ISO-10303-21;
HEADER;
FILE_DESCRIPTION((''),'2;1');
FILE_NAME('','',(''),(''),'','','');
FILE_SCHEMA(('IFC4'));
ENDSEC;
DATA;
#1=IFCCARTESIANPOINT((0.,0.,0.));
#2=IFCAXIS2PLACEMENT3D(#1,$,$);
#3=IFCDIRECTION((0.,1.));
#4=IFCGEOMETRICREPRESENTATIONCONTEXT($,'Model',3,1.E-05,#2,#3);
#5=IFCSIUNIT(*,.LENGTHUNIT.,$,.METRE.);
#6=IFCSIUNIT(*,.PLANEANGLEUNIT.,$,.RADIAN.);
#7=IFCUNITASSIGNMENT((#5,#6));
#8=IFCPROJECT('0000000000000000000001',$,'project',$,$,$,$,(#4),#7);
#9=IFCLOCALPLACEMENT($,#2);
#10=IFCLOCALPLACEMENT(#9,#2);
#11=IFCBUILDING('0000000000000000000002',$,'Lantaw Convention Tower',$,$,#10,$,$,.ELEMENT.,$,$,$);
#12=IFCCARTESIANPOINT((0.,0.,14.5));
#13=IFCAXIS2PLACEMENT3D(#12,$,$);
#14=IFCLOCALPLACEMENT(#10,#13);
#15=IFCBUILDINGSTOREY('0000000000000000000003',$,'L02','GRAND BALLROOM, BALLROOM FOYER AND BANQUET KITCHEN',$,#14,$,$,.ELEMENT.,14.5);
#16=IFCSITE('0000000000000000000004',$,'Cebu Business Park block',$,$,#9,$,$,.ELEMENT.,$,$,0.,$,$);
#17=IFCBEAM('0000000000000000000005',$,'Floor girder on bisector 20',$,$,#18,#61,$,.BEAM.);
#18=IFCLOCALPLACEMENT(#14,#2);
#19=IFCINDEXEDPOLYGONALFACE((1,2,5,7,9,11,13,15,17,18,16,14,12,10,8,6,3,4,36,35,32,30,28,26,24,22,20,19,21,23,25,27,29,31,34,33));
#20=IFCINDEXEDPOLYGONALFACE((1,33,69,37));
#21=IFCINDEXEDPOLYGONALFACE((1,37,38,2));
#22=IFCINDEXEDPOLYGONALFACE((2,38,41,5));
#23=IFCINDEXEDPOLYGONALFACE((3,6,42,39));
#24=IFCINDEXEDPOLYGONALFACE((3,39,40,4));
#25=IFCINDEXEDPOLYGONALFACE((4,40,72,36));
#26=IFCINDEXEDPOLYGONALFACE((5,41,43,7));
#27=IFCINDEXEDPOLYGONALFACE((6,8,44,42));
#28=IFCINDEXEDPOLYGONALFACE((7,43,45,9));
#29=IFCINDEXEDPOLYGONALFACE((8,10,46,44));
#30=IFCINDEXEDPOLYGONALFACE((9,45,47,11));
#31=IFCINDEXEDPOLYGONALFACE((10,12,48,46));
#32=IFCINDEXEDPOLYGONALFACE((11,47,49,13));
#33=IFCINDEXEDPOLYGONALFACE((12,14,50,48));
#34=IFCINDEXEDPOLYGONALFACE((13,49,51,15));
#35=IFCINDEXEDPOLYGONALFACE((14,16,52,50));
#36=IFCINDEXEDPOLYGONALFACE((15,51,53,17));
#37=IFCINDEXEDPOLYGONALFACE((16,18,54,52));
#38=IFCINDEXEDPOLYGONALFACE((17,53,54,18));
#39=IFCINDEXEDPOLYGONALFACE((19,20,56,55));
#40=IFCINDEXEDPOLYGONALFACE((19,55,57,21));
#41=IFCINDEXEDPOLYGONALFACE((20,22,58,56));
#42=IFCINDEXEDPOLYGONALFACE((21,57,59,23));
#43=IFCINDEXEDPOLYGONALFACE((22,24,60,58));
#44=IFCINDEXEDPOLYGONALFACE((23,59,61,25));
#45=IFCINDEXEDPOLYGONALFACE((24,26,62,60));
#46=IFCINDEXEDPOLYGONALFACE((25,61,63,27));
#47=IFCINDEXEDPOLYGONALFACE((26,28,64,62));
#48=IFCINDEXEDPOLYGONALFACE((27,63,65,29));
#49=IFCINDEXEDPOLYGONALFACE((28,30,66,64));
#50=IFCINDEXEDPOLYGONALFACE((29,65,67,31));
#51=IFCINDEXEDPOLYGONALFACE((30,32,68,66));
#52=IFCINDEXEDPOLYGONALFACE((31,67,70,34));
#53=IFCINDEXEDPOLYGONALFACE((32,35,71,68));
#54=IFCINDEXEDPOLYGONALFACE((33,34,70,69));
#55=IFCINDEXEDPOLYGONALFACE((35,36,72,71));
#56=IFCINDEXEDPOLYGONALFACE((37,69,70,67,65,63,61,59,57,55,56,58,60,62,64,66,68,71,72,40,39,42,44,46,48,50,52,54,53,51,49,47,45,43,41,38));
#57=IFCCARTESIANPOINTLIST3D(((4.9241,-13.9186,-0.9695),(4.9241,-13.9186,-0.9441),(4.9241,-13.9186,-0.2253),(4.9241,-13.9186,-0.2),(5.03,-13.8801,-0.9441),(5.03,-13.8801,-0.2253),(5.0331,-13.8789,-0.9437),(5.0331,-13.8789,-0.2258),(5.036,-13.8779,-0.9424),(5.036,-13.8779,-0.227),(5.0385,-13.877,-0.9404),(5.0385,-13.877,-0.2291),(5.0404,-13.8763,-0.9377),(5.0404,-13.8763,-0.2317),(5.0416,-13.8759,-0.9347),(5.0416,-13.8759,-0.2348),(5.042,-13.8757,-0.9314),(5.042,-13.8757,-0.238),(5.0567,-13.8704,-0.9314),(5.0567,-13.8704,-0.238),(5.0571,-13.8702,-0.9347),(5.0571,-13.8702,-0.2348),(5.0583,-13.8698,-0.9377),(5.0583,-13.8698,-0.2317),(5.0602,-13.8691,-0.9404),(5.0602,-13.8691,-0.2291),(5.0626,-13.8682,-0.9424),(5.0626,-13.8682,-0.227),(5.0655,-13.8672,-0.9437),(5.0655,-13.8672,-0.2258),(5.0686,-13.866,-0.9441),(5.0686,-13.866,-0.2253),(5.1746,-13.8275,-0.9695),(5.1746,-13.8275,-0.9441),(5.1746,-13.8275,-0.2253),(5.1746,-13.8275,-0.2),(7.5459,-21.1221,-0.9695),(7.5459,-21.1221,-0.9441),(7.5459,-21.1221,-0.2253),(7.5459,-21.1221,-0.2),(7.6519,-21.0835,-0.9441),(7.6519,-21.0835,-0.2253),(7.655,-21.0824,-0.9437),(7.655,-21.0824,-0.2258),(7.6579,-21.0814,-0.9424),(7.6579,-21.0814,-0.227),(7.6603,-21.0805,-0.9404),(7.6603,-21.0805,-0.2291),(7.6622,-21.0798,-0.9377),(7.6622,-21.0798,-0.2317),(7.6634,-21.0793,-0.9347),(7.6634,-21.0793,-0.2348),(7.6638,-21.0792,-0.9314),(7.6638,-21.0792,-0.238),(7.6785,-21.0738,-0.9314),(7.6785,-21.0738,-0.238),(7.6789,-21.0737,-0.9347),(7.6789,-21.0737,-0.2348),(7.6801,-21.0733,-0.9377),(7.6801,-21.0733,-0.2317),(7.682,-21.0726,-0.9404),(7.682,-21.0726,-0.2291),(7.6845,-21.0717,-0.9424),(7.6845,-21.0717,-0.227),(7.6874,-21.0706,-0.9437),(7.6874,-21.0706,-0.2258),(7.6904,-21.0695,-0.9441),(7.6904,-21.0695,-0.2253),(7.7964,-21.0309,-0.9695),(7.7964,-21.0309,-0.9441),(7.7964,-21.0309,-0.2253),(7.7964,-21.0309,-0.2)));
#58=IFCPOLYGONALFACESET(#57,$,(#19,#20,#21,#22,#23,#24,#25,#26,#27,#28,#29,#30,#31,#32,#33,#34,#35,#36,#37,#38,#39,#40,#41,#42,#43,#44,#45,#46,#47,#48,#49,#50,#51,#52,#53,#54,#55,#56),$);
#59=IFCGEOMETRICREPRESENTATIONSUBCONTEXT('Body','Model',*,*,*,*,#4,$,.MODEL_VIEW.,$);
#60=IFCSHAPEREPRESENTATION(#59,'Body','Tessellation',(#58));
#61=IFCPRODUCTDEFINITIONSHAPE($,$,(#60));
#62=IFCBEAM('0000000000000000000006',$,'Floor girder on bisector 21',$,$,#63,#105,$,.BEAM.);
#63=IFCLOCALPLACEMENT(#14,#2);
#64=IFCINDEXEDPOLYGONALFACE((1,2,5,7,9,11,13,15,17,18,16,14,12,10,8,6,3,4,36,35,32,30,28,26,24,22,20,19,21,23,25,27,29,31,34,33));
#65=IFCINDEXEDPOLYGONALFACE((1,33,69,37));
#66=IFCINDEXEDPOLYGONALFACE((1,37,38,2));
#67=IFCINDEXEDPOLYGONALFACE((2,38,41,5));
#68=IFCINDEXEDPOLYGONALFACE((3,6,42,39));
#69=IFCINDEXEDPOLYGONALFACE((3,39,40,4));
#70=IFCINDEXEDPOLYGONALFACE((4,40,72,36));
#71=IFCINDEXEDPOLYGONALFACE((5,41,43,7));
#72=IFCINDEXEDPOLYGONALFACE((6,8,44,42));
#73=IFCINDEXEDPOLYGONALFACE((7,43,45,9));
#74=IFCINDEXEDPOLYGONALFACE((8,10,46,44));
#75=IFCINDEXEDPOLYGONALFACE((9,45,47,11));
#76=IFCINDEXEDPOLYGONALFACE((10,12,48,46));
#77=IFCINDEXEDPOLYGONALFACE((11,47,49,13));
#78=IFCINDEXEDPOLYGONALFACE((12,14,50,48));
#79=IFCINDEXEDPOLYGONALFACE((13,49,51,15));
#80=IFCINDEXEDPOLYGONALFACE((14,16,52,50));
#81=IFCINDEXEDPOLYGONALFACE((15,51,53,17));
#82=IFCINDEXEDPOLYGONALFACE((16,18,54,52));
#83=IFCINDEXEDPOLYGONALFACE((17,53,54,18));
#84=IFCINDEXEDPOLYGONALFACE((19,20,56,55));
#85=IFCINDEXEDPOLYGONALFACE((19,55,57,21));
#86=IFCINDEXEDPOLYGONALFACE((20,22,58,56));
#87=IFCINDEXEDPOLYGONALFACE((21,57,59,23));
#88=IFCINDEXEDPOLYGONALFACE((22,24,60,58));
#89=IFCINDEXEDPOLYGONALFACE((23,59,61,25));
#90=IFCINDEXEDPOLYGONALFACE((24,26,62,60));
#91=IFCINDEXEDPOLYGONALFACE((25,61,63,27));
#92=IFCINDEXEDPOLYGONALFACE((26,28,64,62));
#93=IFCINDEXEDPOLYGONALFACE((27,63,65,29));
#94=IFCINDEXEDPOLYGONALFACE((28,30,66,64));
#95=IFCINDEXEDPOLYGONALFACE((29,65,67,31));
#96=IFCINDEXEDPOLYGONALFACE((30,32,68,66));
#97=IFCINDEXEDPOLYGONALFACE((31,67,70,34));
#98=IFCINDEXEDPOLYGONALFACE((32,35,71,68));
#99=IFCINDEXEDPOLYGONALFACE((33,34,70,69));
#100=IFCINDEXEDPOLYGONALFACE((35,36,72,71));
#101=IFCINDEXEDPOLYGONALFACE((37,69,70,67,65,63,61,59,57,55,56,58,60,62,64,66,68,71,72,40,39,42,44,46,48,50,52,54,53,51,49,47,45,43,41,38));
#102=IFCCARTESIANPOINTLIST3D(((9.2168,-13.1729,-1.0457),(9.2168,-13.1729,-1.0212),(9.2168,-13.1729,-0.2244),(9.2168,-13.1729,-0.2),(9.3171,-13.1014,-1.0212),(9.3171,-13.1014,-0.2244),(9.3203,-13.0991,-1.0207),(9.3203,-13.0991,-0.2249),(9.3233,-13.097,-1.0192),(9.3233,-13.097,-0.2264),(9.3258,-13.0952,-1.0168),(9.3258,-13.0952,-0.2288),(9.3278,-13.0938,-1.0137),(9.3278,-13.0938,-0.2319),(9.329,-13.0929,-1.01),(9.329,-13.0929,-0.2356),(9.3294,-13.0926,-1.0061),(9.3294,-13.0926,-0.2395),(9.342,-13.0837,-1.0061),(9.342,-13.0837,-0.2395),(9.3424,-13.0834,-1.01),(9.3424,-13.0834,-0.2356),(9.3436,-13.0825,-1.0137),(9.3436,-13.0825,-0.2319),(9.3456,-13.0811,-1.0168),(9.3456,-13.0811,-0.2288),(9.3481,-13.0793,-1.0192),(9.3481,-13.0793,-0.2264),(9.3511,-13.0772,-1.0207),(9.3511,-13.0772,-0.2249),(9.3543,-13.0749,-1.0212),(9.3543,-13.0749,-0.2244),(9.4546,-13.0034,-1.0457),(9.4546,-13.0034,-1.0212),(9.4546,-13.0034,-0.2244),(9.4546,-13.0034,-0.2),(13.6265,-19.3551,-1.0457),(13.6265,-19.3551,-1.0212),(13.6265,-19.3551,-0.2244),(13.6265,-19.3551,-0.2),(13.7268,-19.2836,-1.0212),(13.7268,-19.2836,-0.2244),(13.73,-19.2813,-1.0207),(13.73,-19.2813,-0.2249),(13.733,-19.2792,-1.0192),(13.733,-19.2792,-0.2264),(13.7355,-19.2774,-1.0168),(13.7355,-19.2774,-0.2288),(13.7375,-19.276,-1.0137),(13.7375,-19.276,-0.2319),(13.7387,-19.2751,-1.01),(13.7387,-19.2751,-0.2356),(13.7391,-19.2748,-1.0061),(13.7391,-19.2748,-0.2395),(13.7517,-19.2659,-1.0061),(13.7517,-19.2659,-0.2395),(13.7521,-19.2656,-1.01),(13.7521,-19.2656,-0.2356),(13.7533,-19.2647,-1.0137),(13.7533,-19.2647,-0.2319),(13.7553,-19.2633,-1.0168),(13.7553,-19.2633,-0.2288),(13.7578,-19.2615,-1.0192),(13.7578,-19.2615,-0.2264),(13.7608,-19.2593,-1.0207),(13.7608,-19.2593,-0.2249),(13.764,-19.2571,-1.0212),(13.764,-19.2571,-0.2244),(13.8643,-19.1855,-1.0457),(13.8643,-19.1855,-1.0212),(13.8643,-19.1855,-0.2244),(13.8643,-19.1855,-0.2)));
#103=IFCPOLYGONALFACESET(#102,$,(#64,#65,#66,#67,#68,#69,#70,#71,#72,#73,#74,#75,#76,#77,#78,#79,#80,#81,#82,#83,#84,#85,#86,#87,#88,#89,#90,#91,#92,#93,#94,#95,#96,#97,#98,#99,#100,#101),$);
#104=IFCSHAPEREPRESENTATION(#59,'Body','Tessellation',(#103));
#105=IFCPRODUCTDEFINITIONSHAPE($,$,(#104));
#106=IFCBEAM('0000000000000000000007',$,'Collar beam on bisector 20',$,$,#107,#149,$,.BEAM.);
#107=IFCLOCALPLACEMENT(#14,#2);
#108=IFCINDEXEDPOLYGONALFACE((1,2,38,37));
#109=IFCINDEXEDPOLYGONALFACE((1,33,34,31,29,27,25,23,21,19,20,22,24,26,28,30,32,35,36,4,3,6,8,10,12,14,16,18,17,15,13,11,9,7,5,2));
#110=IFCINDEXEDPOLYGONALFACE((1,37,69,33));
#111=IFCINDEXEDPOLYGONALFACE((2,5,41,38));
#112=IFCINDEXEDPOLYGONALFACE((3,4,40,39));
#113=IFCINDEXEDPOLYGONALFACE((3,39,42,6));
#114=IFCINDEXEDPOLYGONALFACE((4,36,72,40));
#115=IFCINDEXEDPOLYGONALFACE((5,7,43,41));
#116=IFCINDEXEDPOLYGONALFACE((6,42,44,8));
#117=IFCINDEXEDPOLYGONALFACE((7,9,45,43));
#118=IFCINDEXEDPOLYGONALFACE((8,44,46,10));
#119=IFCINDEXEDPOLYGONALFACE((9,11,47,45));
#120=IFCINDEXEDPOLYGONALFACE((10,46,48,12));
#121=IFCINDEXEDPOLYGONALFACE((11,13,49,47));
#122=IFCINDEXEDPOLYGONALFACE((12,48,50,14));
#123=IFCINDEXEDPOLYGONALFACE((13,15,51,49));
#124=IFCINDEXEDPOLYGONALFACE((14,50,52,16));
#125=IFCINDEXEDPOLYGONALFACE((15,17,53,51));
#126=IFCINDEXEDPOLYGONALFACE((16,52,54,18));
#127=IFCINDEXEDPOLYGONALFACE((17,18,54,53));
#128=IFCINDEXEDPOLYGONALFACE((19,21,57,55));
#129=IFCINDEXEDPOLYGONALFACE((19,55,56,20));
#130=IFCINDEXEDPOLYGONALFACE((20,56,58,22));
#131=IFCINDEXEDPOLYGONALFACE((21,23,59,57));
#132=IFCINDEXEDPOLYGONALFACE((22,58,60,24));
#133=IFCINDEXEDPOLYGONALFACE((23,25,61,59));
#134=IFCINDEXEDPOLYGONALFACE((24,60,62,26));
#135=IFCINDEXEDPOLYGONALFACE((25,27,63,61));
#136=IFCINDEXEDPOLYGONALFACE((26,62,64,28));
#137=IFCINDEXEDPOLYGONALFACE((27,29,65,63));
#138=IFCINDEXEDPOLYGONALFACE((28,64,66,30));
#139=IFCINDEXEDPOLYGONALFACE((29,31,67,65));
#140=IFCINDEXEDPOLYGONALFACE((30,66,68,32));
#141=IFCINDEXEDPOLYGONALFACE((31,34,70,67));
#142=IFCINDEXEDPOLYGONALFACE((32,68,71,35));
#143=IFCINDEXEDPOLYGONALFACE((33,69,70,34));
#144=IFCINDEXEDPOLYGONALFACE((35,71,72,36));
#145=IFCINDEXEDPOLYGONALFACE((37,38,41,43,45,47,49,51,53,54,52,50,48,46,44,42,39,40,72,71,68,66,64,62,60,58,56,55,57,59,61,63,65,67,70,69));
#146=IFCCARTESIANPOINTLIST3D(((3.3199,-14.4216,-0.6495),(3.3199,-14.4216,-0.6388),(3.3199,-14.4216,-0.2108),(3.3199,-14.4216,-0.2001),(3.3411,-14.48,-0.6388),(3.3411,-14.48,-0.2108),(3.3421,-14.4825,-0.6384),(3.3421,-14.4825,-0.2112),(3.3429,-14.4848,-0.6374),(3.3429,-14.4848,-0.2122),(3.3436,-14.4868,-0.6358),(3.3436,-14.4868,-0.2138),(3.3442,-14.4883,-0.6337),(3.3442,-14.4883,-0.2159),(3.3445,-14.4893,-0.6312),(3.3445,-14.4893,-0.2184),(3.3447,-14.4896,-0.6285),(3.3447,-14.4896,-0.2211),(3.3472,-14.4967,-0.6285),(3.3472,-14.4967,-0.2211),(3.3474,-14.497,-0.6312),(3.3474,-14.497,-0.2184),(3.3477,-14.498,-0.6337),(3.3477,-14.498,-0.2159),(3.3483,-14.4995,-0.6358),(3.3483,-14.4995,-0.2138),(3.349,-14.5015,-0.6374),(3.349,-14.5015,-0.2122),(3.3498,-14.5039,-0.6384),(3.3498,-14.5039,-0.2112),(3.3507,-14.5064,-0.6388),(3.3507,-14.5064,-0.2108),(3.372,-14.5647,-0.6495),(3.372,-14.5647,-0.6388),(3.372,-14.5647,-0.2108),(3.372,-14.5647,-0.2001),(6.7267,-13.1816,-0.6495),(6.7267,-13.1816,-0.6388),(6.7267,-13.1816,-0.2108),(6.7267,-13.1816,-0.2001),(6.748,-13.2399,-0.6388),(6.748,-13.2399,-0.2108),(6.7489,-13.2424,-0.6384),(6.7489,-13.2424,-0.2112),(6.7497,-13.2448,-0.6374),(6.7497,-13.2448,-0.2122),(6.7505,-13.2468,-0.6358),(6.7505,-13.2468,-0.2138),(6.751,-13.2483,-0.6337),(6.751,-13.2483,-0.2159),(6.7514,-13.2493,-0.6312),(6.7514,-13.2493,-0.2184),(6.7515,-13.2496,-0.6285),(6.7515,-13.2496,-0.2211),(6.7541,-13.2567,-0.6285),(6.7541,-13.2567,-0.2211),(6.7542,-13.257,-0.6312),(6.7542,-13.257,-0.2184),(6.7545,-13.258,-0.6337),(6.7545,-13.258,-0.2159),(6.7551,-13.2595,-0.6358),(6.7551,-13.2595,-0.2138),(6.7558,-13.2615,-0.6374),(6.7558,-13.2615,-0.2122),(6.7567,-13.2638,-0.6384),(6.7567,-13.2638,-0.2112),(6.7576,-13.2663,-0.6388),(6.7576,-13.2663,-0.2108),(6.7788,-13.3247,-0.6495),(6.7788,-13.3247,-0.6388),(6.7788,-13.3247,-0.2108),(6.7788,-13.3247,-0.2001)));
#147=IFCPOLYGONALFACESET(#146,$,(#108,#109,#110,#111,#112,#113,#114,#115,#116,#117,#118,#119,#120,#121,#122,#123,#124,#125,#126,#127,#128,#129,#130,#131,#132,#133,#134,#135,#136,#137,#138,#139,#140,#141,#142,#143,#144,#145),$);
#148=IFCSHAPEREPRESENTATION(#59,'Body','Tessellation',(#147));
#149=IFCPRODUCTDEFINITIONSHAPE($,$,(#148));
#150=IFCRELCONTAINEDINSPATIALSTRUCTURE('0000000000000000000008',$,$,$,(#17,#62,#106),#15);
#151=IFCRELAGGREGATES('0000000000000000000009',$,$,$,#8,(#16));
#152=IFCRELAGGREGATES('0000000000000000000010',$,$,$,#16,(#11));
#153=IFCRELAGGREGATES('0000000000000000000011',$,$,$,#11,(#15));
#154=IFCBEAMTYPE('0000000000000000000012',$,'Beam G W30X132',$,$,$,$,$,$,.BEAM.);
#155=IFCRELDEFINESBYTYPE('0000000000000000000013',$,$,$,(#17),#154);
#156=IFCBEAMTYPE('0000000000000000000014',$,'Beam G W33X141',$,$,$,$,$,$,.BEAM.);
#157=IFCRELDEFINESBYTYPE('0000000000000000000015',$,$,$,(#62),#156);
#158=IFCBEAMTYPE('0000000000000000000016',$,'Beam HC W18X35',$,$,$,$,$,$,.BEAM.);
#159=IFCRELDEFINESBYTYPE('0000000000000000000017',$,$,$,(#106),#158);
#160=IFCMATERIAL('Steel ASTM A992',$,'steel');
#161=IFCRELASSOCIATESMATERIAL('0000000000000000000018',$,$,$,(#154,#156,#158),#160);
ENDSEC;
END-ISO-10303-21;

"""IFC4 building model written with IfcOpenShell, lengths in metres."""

from ifc_helpers import new_model, si_unit, direction, frame, origin, origin_2d, place, context, subcontext, project, spatial, i_section, extrude, material, material_profile, profile_set, type_object, element, save


model = new_model("IFC4")

# Units and contexts
model_context = context("Model", 3, precision=1e-05, world=origin(), true_north=direction((0.0, 1.0)))
body_context = subcontext(model_context, "Body", "Model", "MODEL_VIEW")
ifc_project = project(units=[si_unit("LENGTHUNIT", "METRE"), si_unit("PLANEANGLEUNIT", "RADIAN")], contexts=[model_context])

# Site, building, storey
site_placement = place(None, origin())
site = spatial("IfcSite", under=ifc_project, at=site_placement, Name="Cebu Business Park block", CompositionType="ELEMENT", RefElevation=0.0)
building_placement = place(site_placement, origin())
building = spatial("IfcBuilding", under=site, at=building_placement, Name="Lantaw Convention Tower", CompositionType="ELEMENT")
storey_placement = place(building_placement, frame((0.0, 0.0, 14.5)))
storey = spatial("IfcBuildingStorey", under=building, at=storey_placement, Name="L02", Description="GRAND BALLROOM, BALLROOM FOYER AND BANQUET KITCHEN", CompositionType="ELEMENT", Elevation=14.5)

# Beams
ifc_material_1 = material(Name="Steel ASTM A992", Category="steel")
ifc_material_profile_1 = material_profile(ifc_material_1, i_section(OverallWidth=0.2666, OverallDepth=0.7695, WebThickness=0.0156, FlangeThickness=0.0254, FilletRadius=0.0127, at=origin_2d()), Name="W30X132")
ifc_profile_set_1 = profile_set([ifc_material_profile_1], Name="Steel ASTM A992")
beam_type_1 = type_object("IfcBeamType", Name="Beam G W30X132", PredefinedType="BEAM", material=ifc_profile_set_1)
beam_1_placement = place(storey_placement, frame((5.0493, -13.873, -0.5847), z_axis=(0.342022, -0.939692, 0.0), x_axis=(0.939692, 0.342022, 0.0)))
element("IfcBeam", 1, at=beam_1_placement, inside=storey, type_object=beam_type_1, Name="Floor girder on bisector 20", PredefinedType="BEAM", context=body_context, shape_type="SweptSolid", body=[
    extrude(i_section(OverallWidth=0.2666, OverallDepth=0.7695, WebThickness=0.0156, FlangeThickness=0.0254, FilletRadius=0.0127, at=origin_2d()), origin(), (0.0, 0.0, 1.0), 7.6658),
])
ifc_material_profile_2 = material_profile(ifc_material_1, i_section(OverallWidth=0.292, OverallDepth=0.8457, WebThickness=0.0154, FlangeThickness=0.0244, FilletRadius=0.0151, at=origin_2d()), Name="W33X141")
ifc_profile_set_2 = profile_set([ifc_material_profile_2], Name="Steel ASTM A992")
beam_type_2 = type_object("IfcBeamType", Name="Beam G W33X141", PredefinedType="BEAM", material=ifc_profile_set_2)
beam_2_placement = place(storey_placement, frame((9.3357, -13.0881, -0.6228), z_axis=(0.580703, -0.814116, 0.0), x_axis=(0.814116, 0.580703, 0.0)))
element("IfcBeam", 2, at=beam_2_placement, inside=storey, type_object=beam_type_2, Name="Floor girder on bisector 21", PredefinedType="BEAM", context=body_context, shape_type="SweptSolid", body=[
    extrude(i_section(OverallWidth=0.292, OverallDepth=0.8457, WebThickness=0.0154, FlangeThickness=0.0244, FilletRadius=0.0151, at=origin_2d()), origin(), (0.0, 0.0, 1.0), 7.5938),
])
ifc_material_profile_3 = material_profile(ifc_material_1, i_section(OverallWidth=0.1523, OverallDepth=0.4495, WebThickness=0.0076, FlangeThickness=0.0107, FilletRadius=0.0103, at=origin_2d()), Name="W18X35")
ifc_profile_set_3 = profile_set([ifc_material_profile_3], Name="Steel ASTM A992")
beam_type_3 = type_object("IfcBeamType", Name="Beam HC W18X35", PredefinedType="BEAM", material=ifc_profile_set_3)
beam_3_placement = place(storey_placement, frame((3.3459, -14.4932, -0.4248), z_axis=(0.939689, 0.34203, 0.0), x_axis=(-0.34203, 0.939689, 0.0)))
element("IfcBeam", 3, at=beam_3_placement, inside=storey, type_object=beam_type_3, Name="Collar beam on bisector 20", PredefinedType="BEAM", context=body_context, shape_type="SweptSolid", body=[
    extrude(i_section(OverallWidth=0.1523, OverallDepth=0.4495, WebThickness=0.0076, FlangeThickness=0.0107, FilletRadius=0.0103, at=origin_2d()), origin(), (0.0, 0.0, 1.0), 3.6255),
])

save(model, "model.ifc")
